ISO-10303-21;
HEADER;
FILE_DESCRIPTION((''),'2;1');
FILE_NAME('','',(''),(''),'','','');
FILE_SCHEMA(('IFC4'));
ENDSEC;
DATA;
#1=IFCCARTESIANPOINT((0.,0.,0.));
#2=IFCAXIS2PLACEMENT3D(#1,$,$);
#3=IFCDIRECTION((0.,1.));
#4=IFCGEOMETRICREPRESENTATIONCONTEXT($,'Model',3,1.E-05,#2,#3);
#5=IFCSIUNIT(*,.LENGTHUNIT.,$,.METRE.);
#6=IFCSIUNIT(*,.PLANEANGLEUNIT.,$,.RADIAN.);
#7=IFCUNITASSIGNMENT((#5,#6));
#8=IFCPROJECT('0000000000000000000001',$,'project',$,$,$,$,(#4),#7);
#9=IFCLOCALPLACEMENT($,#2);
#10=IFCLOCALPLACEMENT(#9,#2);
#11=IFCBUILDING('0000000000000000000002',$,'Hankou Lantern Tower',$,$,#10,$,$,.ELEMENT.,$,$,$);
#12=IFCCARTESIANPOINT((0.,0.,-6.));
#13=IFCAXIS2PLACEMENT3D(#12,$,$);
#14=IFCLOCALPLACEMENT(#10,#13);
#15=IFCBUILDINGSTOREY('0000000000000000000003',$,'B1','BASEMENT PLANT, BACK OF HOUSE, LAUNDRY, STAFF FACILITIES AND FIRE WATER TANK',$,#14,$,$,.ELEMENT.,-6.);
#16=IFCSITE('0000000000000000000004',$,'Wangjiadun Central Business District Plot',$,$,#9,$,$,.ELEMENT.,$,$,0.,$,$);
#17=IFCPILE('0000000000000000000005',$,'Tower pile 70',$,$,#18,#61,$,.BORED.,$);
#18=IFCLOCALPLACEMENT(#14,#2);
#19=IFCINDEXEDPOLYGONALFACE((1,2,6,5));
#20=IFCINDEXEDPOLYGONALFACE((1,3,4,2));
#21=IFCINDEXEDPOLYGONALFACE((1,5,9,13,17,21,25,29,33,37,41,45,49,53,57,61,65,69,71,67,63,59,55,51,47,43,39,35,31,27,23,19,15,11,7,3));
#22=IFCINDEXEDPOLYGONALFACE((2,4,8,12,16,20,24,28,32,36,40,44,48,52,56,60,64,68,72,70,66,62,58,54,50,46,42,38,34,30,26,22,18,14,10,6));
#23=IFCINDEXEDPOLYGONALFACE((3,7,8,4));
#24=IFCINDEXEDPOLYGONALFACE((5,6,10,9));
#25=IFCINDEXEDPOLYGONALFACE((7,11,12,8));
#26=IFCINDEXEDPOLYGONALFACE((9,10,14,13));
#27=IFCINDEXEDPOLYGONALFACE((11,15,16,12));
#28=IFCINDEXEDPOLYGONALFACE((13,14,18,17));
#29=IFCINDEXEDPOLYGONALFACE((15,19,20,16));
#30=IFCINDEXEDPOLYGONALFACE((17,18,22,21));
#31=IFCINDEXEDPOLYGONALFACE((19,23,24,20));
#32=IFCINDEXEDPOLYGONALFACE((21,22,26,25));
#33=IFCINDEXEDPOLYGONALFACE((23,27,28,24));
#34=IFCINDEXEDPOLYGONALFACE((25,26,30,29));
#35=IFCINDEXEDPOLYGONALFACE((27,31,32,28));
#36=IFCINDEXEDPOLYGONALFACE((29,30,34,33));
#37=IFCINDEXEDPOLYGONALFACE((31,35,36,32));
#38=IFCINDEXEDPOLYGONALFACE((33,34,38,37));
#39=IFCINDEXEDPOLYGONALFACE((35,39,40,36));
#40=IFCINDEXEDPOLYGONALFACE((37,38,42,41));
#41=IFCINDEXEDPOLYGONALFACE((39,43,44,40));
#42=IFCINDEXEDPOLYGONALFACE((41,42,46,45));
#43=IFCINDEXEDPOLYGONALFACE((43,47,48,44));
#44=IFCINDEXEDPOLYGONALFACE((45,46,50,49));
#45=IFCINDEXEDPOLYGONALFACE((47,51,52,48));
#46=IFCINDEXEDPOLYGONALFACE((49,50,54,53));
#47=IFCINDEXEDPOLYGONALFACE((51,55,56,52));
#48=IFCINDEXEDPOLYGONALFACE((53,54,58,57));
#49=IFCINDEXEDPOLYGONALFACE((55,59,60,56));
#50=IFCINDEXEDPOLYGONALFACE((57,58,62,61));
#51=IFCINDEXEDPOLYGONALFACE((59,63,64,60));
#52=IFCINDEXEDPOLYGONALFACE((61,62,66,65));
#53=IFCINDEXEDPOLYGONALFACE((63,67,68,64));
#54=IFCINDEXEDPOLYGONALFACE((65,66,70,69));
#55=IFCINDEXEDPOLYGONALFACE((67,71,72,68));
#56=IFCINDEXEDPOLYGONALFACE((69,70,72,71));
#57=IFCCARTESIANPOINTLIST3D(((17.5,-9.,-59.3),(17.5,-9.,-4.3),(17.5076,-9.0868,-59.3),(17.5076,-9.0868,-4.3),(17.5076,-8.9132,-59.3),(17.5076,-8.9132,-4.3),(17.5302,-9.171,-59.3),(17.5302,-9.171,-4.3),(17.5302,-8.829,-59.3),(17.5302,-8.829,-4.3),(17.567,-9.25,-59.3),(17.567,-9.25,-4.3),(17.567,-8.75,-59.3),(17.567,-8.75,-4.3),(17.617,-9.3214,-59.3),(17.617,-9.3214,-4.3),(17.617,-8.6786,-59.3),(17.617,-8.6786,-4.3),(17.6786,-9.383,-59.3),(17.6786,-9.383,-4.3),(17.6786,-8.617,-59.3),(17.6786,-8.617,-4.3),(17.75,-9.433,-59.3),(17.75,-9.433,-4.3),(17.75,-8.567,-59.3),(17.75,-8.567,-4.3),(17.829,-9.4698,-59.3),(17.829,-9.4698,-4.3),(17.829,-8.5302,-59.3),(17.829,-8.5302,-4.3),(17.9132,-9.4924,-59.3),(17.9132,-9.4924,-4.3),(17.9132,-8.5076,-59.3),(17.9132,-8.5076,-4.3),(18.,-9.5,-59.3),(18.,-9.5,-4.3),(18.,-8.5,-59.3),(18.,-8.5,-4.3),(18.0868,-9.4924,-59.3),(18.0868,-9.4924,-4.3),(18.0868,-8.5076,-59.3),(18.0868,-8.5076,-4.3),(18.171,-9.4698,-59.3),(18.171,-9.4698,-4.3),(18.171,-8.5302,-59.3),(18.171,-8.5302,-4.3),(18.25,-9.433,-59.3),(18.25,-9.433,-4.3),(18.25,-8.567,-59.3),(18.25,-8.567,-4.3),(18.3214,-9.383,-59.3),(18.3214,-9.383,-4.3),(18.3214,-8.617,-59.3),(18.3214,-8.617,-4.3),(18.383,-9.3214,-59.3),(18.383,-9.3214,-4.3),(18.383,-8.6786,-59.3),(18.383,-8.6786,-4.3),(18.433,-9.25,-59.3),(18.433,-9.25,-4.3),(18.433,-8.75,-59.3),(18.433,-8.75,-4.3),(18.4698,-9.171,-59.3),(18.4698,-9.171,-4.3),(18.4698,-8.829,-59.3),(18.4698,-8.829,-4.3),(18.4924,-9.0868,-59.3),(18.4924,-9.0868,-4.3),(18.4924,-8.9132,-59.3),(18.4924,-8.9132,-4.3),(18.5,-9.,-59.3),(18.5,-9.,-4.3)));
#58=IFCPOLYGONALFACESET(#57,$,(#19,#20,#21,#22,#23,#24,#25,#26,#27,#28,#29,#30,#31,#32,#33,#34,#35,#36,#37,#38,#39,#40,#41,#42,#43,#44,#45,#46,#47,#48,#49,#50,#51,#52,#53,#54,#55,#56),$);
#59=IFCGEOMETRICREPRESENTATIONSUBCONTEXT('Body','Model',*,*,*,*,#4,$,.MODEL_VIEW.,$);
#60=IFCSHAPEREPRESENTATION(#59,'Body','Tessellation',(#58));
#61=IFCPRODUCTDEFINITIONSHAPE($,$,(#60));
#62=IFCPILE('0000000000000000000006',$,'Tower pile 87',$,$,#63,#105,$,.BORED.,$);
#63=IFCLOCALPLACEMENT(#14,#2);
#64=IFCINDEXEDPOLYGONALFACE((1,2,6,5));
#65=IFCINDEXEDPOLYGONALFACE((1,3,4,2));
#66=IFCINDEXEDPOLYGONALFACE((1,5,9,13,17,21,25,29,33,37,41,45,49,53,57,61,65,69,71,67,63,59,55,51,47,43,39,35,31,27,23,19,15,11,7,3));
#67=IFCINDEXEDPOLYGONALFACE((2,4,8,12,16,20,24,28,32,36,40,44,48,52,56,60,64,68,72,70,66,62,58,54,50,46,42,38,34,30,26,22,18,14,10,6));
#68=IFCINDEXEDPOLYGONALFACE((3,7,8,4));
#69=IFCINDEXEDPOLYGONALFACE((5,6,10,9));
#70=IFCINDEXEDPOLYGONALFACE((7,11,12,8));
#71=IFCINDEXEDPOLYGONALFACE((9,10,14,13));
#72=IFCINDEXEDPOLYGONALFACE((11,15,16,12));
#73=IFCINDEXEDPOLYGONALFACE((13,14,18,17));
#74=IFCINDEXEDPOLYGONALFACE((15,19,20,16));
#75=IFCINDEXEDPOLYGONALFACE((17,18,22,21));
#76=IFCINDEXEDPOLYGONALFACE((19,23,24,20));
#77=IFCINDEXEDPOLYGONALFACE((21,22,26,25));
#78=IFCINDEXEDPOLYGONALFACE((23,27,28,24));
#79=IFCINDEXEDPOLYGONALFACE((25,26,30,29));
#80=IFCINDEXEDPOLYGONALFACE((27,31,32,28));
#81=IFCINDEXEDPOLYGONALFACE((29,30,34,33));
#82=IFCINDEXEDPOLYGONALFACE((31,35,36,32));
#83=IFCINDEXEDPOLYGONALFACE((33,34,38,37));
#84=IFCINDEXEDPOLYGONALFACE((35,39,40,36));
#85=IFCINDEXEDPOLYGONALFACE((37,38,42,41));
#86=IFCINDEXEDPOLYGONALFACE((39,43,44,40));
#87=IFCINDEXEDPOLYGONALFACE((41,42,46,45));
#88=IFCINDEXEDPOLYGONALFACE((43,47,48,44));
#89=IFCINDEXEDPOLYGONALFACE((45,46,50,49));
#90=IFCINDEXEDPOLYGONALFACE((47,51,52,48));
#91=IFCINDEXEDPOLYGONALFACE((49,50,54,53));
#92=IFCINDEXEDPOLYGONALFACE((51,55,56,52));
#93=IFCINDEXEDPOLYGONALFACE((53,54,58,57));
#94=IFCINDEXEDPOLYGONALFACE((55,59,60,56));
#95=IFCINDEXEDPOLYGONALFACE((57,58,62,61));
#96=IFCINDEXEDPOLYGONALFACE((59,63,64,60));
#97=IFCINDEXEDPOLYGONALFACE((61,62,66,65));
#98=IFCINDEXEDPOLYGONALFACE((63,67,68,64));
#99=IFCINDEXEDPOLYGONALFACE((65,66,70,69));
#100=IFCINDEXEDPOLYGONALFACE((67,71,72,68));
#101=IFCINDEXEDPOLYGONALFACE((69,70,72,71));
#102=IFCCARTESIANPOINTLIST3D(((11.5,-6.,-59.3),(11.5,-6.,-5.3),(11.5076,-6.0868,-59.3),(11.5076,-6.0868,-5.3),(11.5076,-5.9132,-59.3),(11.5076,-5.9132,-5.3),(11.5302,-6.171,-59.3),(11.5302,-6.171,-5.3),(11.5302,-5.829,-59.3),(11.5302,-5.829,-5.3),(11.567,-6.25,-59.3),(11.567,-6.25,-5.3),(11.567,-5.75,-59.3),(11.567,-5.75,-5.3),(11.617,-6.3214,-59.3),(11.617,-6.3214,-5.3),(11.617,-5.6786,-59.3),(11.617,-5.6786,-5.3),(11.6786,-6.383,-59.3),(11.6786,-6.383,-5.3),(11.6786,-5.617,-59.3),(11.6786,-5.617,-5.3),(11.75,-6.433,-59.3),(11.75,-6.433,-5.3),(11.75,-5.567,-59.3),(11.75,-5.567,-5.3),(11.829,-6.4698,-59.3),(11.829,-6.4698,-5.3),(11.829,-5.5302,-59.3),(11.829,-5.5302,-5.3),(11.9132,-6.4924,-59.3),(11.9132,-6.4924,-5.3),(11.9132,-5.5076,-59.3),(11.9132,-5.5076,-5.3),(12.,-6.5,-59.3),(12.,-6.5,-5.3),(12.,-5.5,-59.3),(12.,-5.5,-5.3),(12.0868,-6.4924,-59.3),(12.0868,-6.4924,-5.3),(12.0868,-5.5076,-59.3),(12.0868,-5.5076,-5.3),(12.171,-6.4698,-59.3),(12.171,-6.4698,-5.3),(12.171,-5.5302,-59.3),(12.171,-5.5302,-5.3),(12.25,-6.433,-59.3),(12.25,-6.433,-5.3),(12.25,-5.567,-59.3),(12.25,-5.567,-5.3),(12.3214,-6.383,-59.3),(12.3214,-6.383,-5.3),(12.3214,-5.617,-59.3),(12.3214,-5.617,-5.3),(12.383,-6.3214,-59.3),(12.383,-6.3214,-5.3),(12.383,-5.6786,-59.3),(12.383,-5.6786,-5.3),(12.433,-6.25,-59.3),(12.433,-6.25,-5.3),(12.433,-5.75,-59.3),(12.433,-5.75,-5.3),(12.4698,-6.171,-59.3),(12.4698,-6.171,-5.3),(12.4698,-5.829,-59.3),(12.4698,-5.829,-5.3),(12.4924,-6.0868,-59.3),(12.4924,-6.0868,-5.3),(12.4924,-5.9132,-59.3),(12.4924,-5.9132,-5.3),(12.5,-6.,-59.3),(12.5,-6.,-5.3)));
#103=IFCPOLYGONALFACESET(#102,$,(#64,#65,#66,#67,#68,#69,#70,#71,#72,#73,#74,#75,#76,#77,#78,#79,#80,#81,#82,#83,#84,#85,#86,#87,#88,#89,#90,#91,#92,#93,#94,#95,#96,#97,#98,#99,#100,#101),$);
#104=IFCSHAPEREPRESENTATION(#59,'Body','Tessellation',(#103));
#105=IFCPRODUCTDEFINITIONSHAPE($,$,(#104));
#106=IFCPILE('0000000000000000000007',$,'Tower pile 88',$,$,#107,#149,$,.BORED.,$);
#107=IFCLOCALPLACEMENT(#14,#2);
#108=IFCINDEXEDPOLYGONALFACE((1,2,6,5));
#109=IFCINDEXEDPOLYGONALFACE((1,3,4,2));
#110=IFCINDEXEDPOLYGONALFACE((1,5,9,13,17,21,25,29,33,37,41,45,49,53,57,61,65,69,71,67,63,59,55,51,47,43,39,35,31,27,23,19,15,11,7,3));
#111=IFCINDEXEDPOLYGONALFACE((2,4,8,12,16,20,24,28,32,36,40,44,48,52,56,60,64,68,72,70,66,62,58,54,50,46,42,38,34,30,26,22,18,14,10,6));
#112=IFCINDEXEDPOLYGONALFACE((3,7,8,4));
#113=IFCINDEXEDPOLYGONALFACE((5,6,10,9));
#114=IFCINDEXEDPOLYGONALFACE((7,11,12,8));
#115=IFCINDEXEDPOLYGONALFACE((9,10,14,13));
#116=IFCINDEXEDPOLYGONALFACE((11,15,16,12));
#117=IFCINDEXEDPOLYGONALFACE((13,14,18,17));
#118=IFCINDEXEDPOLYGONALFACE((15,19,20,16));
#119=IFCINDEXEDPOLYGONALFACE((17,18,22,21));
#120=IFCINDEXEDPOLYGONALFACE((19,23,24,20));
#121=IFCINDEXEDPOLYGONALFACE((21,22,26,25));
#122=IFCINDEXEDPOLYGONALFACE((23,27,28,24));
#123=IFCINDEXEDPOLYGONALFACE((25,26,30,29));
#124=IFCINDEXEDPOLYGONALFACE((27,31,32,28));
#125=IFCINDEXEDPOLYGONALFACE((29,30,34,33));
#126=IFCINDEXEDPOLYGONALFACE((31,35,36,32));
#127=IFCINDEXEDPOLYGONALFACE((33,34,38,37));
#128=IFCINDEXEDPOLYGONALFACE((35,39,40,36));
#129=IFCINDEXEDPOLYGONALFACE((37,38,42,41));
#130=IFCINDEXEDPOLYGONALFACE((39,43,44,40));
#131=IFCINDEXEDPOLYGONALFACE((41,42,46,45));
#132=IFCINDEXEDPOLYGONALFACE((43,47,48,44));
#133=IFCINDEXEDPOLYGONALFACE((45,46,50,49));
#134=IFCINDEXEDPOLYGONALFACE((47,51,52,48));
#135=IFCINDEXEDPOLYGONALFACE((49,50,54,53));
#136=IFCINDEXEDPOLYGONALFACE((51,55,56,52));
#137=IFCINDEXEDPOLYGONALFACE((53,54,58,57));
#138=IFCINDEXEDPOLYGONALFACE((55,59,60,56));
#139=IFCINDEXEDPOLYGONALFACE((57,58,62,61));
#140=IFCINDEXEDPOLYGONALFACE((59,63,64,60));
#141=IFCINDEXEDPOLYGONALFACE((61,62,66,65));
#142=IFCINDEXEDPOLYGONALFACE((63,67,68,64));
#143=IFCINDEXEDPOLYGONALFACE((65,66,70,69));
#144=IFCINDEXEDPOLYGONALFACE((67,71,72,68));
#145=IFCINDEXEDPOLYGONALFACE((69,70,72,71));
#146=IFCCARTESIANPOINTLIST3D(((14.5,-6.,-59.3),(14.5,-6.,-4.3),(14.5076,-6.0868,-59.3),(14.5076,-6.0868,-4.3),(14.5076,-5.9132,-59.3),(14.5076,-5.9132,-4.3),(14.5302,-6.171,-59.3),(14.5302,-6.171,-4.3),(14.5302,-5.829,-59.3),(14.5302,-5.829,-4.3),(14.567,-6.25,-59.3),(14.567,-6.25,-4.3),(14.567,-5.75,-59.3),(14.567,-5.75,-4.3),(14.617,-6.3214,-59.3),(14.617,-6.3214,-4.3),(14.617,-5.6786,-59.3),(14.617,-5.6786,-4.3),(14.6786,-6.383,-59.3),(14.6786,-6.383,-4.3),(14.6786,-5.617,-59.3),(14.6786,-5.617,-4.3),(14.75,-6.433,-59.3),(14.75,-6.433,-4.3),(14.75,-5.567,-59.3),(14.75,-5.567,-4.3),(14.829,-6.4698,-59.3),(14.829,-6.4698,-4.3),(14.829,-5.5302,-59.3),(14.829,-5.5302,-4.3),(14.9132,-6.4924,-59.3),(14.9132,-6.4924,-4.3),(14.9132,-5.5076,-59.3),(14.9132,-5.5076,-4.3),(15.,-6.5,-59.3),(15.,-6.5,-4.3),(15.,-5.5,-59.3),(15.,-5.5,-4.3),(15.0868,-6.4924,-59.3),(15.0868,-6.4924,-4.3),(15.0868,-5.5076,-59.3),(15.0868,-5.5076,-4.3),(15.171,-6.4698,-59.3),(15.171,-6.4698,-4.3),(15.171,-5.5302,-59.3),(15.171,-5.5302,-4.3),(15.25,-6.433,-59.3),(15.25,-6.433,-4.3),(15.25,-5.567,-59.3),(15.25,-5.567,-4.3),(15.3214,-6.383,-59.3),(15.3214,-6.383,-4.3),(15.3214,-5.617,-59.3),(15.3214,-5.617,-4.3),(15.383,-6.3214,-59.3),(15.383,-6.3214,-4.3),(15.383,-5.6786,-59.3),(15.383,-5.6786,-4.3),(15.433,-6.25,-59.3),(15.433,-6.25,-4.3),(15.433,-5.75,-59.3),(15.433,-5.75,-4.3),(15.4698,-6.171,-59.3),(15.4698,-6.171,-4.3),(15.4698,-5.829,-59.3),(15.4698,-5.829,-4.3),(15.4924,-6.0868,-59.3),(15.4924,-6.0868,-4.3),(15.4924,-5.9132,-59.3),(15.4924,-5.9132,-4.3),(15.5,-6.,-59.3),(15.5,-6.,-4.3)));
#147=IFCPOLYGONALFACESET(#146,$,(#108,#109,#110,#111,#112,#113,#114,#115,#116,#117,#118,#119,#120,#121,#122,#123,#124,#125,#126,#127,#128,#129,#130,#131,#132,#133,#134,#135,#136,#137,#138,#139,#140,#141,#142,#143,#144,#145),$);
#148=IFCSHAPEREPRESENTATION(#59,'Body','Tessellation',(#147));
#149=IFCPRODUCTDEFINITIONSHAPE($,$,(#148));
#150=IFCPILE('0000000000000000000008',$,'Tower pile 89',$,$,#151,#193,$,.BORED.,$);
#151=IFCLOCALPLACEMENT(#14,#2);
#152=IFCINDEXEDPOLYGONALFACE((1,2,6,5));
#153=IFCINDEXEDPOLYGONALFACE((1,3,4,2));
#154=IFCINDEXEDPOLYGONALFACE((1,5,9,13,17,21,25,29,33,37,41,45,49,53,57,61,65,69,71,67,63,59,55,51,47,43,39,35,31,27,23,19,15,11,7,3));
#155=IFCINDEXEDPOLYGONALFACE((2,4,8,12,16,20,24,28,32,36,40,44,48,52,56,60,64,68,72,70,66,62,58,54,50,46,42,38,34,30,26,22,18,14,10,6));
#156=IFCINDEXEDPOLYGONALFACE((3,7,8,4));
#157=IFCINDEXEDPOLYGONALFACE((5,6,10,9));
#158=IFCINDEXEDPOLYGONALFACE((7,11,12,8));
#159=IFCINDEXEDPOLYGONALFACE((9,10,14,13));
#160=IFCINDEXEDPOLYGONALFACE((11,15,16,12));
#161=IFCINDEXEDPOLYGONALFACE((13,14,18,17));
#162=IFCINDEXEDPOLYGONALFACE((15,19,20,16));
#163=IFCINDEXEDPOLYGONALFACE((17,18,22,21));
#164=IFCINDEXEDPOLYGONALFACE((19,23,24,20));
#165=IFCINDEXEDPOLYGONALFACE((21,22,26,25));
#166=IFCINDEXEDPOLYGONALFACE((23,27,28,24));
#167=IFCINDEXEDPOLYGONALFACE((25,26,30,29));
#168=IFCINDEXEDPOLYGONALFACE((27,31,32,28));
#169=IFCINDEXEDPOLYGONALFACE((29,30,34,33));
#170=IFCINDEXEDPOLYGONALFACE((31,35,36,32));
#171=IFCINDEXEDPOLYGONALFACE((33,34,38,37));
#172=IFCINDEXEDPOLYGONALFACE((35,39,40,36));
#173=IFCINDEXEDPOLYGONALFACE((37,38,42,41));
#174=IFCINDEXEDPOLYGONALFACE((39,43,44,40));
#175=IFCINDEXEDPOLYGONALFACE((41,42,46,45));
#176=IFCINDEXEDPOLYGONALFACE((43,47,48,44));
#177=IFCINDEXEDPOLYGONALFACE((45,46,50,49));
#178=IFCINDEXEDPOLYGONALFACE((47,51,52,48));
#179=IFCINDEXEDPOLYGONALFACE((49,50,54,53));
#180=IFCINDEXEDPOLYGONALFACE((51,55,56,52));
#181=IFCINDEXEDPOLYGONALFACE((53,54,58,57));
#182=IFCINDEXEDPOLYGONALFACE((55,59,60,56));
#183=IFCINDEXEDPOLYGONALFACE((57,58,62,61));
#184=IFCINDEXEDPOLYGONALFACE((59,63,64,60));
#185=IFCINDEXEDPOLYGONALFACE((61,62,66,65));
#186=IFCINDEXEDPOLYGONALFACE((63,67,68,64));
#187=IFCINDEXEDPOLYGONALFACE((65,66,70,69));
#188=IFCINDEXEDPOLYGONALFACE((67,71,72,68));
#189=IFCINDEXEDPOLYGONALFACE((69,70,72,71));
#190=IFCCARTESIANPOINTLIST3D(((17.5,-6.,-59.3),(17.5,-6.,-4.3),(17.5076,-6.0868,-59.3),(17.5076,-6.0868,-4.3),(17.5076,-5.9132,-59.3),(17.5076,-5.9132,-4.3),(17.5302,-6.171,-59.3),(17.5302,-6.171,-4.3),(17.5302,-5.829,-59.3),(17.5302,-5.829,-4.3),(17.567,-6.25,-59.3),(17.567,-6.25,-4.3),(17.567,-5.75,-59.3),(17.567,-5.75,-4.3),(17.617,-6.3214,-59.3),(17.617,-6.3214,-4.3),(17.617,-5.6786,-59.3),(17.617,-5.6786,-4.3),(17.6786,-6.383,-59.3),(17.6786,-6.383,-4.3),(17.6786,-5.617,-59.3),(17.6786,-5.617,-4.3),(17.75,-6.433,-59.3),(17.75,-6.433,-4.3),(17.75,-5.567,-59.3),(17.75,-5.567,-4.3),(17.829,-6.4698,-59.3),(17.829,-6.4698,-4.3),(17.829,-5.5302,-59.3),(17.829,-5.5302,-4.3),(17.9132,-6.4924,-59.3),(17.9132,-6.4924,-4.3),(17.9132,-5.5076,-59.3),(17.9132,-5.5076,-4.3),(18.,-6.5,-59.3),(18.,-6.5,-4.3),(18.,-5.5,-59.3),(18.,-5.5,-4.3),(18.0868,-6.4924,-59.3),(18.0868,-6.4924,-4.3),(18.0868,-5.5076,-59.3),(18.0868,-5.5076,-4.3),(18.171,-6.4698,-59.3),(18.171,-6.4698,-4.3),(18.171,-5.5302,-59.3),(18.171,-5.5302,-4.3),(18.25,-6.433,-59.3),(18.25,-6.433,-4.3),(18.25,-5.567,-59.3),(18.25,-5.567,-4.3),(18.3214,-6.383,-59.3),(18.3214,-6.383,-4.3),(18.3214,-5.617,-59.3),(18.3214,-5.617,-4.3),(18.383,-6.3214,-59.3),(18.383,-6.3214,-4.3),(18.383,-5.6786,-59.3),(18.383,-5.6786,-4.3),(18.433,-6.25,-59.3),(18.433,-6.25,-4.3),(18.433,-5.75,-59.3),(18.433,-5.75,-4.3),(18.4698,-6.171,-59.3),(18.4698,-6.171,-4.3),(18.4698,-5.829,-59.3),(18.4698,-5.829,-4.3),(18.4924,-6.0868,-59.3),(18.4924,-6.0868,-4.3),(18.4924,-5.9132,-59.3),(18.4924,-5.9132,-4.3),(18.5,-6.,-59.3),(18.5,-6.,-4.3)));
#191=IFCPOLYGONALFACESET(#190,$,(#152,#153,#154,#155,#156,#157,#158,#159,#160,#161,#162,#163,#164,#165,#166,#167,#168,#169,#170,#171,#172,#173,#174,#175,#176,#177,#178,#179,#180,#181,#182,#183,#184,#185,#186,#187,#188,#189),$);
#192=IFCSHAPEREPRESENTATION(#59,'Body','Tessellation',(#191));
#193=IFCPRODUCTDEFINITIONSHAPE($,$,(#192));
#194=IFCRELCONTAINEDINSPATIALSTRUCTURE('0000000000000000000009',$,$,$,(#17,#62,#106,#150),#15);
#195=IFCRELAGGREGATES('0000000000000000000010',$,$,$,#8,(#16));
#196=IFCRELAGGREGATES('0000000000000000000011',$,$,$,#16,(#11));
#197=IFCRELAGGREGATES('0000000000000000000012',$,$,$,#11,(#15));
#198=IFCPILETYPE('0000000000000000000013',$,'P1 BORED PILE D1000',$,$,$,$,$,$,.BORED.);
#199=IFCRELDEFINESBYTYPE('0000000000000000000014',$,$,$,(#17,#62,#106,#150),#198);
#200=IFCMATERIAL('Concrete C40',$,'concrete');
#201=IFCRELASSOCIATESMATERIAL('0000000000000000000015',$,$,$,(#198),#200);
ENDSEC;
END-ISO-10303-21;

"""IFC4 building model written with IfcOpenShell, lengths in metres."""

from ifc_helpers import new_model, si_unit, direction, frame, origin, origin_2d, place, context, subcontext, project, spatial, circle, extrude, material, material_profile, profile_set, type_object, element, save


model = new_model("IFC4")

# Units and contexts
model_context = context("Model", 3, precision=1e-05, world=origin(), true_north=direction((0.0, 1.0)))
body_context = subcontext(model_context, "Body", "Model", "MODEL_VIEW")
ifc_project = project(units=[si_unit("LENGTHUNIT", "METRE"), si_unit("PLANEANGLEUNIT", "RADIAN")], contexts=[model_context])

# Site, building, storey
site_placement = place(None, origin())
site = spatial("IfcSite", under=ifc_project, at=site_placement, Name="Wangjiadun Central Business District Plot", CompositionType="ELEMENT", RefElevation=0.0)
building_placement = place(site_placement, origin())
building = spatial("IfcBuilding", under=site, at=building_placement, Name="Hankou Lantern Tower", CompositionType="ELEMENT")
storey_placement = place(building_placement, frame((0.0, 0.0, -6.0)))
storey = spatial("IfcBuildingStorey", under=building, at=storey_placement, Name="B1", Description="BASEMENT PLANT, BACK OF HOUSE, LAUNDRY, STAFF FACILITIES AND FIRE WATER TANK", CompositionType="ELEMENT", Elevation=-6.0)

# Piles
ifc_material_1 = material(Name="Concrete C40", Category="concrete")
ifc_material_profile_1 = material_profile(ifc_material_1, circle(Radius=0.5, at=origin_2d()), Name="RC D1000")
ifc_profile_set_1 = profile_set([ifc_material_profile_1], Name="Concrete C40")
pile_type_1 = type_object("IfcPileType", Name="P1 BORED PILE D1000", PredefinedType="BORED", material=ifc_profile_set_1)
for number, where, z_axis, x_axis, name in (
    (1, (18.0, -9.0, -4.3), (0.0, 0.0, -1.0), (1.0, 0.0, 0.0), "Tower pile 70"),
):
    element("IfcPile", number, at=place(storey_placement, frame(where, z_axis=z_axis, x_axis=x_axis)), inside=storey, type_object=pile_type_1, Name=name, PredefinedType="BORED", context=body_context, shape_type="SweptSolid", body=[
        extrude(circle(Radius=0.5, at=origin_2d()), origin(), (0.0, 0.0, 1.0), 55.0),
    ])
pile_1_placement = place(storey_placement, frame((12.0, -6.0, -5.3), z_axis=(0.0, 0.0, -1.0), x_axis=(1.0, 0.0, 0.0)))
element("IfcPile", 2, at=pile_1_placement, inside=storey, type_object=pile_type_1, Name="Tower pile 87", PredefinedType="BORED", context=body_context, shape_type="SweptSolid", body=[
    extrude(circle(Radius=0.5, at=origin_2d()), origin(), (0.0, 0.0, 1.0), 54.0),
])
for number, where, z_axis, x_axis, name in (
    (3, (15.0, -6.0, -4.3), (0.0, 0.0, -1.0), (1.0, 0.0, 0.0), "Tower pile 88"),
    (4, (18.0, -6.0, -4.3), (0.0, 0.0, -1.0), (1.0, 0.0, 0.0), "Tower pile 89"),
):
    element("IfcPile", number, at=place(storey_placement, frame(where, z_axis=z_axis, x_axis=x_axis)), inside=storey, type_object=pile_type_1, Name=name, PredefinedType="BORED", context=body_context, shape_type="SweptSolid", body=[
        extrude(circle(Radius=0.5, at=origin_2d()), origin(), (0.0, 0.0, 1.0), 55.0),
    ])

save(model, "model.ifc")
